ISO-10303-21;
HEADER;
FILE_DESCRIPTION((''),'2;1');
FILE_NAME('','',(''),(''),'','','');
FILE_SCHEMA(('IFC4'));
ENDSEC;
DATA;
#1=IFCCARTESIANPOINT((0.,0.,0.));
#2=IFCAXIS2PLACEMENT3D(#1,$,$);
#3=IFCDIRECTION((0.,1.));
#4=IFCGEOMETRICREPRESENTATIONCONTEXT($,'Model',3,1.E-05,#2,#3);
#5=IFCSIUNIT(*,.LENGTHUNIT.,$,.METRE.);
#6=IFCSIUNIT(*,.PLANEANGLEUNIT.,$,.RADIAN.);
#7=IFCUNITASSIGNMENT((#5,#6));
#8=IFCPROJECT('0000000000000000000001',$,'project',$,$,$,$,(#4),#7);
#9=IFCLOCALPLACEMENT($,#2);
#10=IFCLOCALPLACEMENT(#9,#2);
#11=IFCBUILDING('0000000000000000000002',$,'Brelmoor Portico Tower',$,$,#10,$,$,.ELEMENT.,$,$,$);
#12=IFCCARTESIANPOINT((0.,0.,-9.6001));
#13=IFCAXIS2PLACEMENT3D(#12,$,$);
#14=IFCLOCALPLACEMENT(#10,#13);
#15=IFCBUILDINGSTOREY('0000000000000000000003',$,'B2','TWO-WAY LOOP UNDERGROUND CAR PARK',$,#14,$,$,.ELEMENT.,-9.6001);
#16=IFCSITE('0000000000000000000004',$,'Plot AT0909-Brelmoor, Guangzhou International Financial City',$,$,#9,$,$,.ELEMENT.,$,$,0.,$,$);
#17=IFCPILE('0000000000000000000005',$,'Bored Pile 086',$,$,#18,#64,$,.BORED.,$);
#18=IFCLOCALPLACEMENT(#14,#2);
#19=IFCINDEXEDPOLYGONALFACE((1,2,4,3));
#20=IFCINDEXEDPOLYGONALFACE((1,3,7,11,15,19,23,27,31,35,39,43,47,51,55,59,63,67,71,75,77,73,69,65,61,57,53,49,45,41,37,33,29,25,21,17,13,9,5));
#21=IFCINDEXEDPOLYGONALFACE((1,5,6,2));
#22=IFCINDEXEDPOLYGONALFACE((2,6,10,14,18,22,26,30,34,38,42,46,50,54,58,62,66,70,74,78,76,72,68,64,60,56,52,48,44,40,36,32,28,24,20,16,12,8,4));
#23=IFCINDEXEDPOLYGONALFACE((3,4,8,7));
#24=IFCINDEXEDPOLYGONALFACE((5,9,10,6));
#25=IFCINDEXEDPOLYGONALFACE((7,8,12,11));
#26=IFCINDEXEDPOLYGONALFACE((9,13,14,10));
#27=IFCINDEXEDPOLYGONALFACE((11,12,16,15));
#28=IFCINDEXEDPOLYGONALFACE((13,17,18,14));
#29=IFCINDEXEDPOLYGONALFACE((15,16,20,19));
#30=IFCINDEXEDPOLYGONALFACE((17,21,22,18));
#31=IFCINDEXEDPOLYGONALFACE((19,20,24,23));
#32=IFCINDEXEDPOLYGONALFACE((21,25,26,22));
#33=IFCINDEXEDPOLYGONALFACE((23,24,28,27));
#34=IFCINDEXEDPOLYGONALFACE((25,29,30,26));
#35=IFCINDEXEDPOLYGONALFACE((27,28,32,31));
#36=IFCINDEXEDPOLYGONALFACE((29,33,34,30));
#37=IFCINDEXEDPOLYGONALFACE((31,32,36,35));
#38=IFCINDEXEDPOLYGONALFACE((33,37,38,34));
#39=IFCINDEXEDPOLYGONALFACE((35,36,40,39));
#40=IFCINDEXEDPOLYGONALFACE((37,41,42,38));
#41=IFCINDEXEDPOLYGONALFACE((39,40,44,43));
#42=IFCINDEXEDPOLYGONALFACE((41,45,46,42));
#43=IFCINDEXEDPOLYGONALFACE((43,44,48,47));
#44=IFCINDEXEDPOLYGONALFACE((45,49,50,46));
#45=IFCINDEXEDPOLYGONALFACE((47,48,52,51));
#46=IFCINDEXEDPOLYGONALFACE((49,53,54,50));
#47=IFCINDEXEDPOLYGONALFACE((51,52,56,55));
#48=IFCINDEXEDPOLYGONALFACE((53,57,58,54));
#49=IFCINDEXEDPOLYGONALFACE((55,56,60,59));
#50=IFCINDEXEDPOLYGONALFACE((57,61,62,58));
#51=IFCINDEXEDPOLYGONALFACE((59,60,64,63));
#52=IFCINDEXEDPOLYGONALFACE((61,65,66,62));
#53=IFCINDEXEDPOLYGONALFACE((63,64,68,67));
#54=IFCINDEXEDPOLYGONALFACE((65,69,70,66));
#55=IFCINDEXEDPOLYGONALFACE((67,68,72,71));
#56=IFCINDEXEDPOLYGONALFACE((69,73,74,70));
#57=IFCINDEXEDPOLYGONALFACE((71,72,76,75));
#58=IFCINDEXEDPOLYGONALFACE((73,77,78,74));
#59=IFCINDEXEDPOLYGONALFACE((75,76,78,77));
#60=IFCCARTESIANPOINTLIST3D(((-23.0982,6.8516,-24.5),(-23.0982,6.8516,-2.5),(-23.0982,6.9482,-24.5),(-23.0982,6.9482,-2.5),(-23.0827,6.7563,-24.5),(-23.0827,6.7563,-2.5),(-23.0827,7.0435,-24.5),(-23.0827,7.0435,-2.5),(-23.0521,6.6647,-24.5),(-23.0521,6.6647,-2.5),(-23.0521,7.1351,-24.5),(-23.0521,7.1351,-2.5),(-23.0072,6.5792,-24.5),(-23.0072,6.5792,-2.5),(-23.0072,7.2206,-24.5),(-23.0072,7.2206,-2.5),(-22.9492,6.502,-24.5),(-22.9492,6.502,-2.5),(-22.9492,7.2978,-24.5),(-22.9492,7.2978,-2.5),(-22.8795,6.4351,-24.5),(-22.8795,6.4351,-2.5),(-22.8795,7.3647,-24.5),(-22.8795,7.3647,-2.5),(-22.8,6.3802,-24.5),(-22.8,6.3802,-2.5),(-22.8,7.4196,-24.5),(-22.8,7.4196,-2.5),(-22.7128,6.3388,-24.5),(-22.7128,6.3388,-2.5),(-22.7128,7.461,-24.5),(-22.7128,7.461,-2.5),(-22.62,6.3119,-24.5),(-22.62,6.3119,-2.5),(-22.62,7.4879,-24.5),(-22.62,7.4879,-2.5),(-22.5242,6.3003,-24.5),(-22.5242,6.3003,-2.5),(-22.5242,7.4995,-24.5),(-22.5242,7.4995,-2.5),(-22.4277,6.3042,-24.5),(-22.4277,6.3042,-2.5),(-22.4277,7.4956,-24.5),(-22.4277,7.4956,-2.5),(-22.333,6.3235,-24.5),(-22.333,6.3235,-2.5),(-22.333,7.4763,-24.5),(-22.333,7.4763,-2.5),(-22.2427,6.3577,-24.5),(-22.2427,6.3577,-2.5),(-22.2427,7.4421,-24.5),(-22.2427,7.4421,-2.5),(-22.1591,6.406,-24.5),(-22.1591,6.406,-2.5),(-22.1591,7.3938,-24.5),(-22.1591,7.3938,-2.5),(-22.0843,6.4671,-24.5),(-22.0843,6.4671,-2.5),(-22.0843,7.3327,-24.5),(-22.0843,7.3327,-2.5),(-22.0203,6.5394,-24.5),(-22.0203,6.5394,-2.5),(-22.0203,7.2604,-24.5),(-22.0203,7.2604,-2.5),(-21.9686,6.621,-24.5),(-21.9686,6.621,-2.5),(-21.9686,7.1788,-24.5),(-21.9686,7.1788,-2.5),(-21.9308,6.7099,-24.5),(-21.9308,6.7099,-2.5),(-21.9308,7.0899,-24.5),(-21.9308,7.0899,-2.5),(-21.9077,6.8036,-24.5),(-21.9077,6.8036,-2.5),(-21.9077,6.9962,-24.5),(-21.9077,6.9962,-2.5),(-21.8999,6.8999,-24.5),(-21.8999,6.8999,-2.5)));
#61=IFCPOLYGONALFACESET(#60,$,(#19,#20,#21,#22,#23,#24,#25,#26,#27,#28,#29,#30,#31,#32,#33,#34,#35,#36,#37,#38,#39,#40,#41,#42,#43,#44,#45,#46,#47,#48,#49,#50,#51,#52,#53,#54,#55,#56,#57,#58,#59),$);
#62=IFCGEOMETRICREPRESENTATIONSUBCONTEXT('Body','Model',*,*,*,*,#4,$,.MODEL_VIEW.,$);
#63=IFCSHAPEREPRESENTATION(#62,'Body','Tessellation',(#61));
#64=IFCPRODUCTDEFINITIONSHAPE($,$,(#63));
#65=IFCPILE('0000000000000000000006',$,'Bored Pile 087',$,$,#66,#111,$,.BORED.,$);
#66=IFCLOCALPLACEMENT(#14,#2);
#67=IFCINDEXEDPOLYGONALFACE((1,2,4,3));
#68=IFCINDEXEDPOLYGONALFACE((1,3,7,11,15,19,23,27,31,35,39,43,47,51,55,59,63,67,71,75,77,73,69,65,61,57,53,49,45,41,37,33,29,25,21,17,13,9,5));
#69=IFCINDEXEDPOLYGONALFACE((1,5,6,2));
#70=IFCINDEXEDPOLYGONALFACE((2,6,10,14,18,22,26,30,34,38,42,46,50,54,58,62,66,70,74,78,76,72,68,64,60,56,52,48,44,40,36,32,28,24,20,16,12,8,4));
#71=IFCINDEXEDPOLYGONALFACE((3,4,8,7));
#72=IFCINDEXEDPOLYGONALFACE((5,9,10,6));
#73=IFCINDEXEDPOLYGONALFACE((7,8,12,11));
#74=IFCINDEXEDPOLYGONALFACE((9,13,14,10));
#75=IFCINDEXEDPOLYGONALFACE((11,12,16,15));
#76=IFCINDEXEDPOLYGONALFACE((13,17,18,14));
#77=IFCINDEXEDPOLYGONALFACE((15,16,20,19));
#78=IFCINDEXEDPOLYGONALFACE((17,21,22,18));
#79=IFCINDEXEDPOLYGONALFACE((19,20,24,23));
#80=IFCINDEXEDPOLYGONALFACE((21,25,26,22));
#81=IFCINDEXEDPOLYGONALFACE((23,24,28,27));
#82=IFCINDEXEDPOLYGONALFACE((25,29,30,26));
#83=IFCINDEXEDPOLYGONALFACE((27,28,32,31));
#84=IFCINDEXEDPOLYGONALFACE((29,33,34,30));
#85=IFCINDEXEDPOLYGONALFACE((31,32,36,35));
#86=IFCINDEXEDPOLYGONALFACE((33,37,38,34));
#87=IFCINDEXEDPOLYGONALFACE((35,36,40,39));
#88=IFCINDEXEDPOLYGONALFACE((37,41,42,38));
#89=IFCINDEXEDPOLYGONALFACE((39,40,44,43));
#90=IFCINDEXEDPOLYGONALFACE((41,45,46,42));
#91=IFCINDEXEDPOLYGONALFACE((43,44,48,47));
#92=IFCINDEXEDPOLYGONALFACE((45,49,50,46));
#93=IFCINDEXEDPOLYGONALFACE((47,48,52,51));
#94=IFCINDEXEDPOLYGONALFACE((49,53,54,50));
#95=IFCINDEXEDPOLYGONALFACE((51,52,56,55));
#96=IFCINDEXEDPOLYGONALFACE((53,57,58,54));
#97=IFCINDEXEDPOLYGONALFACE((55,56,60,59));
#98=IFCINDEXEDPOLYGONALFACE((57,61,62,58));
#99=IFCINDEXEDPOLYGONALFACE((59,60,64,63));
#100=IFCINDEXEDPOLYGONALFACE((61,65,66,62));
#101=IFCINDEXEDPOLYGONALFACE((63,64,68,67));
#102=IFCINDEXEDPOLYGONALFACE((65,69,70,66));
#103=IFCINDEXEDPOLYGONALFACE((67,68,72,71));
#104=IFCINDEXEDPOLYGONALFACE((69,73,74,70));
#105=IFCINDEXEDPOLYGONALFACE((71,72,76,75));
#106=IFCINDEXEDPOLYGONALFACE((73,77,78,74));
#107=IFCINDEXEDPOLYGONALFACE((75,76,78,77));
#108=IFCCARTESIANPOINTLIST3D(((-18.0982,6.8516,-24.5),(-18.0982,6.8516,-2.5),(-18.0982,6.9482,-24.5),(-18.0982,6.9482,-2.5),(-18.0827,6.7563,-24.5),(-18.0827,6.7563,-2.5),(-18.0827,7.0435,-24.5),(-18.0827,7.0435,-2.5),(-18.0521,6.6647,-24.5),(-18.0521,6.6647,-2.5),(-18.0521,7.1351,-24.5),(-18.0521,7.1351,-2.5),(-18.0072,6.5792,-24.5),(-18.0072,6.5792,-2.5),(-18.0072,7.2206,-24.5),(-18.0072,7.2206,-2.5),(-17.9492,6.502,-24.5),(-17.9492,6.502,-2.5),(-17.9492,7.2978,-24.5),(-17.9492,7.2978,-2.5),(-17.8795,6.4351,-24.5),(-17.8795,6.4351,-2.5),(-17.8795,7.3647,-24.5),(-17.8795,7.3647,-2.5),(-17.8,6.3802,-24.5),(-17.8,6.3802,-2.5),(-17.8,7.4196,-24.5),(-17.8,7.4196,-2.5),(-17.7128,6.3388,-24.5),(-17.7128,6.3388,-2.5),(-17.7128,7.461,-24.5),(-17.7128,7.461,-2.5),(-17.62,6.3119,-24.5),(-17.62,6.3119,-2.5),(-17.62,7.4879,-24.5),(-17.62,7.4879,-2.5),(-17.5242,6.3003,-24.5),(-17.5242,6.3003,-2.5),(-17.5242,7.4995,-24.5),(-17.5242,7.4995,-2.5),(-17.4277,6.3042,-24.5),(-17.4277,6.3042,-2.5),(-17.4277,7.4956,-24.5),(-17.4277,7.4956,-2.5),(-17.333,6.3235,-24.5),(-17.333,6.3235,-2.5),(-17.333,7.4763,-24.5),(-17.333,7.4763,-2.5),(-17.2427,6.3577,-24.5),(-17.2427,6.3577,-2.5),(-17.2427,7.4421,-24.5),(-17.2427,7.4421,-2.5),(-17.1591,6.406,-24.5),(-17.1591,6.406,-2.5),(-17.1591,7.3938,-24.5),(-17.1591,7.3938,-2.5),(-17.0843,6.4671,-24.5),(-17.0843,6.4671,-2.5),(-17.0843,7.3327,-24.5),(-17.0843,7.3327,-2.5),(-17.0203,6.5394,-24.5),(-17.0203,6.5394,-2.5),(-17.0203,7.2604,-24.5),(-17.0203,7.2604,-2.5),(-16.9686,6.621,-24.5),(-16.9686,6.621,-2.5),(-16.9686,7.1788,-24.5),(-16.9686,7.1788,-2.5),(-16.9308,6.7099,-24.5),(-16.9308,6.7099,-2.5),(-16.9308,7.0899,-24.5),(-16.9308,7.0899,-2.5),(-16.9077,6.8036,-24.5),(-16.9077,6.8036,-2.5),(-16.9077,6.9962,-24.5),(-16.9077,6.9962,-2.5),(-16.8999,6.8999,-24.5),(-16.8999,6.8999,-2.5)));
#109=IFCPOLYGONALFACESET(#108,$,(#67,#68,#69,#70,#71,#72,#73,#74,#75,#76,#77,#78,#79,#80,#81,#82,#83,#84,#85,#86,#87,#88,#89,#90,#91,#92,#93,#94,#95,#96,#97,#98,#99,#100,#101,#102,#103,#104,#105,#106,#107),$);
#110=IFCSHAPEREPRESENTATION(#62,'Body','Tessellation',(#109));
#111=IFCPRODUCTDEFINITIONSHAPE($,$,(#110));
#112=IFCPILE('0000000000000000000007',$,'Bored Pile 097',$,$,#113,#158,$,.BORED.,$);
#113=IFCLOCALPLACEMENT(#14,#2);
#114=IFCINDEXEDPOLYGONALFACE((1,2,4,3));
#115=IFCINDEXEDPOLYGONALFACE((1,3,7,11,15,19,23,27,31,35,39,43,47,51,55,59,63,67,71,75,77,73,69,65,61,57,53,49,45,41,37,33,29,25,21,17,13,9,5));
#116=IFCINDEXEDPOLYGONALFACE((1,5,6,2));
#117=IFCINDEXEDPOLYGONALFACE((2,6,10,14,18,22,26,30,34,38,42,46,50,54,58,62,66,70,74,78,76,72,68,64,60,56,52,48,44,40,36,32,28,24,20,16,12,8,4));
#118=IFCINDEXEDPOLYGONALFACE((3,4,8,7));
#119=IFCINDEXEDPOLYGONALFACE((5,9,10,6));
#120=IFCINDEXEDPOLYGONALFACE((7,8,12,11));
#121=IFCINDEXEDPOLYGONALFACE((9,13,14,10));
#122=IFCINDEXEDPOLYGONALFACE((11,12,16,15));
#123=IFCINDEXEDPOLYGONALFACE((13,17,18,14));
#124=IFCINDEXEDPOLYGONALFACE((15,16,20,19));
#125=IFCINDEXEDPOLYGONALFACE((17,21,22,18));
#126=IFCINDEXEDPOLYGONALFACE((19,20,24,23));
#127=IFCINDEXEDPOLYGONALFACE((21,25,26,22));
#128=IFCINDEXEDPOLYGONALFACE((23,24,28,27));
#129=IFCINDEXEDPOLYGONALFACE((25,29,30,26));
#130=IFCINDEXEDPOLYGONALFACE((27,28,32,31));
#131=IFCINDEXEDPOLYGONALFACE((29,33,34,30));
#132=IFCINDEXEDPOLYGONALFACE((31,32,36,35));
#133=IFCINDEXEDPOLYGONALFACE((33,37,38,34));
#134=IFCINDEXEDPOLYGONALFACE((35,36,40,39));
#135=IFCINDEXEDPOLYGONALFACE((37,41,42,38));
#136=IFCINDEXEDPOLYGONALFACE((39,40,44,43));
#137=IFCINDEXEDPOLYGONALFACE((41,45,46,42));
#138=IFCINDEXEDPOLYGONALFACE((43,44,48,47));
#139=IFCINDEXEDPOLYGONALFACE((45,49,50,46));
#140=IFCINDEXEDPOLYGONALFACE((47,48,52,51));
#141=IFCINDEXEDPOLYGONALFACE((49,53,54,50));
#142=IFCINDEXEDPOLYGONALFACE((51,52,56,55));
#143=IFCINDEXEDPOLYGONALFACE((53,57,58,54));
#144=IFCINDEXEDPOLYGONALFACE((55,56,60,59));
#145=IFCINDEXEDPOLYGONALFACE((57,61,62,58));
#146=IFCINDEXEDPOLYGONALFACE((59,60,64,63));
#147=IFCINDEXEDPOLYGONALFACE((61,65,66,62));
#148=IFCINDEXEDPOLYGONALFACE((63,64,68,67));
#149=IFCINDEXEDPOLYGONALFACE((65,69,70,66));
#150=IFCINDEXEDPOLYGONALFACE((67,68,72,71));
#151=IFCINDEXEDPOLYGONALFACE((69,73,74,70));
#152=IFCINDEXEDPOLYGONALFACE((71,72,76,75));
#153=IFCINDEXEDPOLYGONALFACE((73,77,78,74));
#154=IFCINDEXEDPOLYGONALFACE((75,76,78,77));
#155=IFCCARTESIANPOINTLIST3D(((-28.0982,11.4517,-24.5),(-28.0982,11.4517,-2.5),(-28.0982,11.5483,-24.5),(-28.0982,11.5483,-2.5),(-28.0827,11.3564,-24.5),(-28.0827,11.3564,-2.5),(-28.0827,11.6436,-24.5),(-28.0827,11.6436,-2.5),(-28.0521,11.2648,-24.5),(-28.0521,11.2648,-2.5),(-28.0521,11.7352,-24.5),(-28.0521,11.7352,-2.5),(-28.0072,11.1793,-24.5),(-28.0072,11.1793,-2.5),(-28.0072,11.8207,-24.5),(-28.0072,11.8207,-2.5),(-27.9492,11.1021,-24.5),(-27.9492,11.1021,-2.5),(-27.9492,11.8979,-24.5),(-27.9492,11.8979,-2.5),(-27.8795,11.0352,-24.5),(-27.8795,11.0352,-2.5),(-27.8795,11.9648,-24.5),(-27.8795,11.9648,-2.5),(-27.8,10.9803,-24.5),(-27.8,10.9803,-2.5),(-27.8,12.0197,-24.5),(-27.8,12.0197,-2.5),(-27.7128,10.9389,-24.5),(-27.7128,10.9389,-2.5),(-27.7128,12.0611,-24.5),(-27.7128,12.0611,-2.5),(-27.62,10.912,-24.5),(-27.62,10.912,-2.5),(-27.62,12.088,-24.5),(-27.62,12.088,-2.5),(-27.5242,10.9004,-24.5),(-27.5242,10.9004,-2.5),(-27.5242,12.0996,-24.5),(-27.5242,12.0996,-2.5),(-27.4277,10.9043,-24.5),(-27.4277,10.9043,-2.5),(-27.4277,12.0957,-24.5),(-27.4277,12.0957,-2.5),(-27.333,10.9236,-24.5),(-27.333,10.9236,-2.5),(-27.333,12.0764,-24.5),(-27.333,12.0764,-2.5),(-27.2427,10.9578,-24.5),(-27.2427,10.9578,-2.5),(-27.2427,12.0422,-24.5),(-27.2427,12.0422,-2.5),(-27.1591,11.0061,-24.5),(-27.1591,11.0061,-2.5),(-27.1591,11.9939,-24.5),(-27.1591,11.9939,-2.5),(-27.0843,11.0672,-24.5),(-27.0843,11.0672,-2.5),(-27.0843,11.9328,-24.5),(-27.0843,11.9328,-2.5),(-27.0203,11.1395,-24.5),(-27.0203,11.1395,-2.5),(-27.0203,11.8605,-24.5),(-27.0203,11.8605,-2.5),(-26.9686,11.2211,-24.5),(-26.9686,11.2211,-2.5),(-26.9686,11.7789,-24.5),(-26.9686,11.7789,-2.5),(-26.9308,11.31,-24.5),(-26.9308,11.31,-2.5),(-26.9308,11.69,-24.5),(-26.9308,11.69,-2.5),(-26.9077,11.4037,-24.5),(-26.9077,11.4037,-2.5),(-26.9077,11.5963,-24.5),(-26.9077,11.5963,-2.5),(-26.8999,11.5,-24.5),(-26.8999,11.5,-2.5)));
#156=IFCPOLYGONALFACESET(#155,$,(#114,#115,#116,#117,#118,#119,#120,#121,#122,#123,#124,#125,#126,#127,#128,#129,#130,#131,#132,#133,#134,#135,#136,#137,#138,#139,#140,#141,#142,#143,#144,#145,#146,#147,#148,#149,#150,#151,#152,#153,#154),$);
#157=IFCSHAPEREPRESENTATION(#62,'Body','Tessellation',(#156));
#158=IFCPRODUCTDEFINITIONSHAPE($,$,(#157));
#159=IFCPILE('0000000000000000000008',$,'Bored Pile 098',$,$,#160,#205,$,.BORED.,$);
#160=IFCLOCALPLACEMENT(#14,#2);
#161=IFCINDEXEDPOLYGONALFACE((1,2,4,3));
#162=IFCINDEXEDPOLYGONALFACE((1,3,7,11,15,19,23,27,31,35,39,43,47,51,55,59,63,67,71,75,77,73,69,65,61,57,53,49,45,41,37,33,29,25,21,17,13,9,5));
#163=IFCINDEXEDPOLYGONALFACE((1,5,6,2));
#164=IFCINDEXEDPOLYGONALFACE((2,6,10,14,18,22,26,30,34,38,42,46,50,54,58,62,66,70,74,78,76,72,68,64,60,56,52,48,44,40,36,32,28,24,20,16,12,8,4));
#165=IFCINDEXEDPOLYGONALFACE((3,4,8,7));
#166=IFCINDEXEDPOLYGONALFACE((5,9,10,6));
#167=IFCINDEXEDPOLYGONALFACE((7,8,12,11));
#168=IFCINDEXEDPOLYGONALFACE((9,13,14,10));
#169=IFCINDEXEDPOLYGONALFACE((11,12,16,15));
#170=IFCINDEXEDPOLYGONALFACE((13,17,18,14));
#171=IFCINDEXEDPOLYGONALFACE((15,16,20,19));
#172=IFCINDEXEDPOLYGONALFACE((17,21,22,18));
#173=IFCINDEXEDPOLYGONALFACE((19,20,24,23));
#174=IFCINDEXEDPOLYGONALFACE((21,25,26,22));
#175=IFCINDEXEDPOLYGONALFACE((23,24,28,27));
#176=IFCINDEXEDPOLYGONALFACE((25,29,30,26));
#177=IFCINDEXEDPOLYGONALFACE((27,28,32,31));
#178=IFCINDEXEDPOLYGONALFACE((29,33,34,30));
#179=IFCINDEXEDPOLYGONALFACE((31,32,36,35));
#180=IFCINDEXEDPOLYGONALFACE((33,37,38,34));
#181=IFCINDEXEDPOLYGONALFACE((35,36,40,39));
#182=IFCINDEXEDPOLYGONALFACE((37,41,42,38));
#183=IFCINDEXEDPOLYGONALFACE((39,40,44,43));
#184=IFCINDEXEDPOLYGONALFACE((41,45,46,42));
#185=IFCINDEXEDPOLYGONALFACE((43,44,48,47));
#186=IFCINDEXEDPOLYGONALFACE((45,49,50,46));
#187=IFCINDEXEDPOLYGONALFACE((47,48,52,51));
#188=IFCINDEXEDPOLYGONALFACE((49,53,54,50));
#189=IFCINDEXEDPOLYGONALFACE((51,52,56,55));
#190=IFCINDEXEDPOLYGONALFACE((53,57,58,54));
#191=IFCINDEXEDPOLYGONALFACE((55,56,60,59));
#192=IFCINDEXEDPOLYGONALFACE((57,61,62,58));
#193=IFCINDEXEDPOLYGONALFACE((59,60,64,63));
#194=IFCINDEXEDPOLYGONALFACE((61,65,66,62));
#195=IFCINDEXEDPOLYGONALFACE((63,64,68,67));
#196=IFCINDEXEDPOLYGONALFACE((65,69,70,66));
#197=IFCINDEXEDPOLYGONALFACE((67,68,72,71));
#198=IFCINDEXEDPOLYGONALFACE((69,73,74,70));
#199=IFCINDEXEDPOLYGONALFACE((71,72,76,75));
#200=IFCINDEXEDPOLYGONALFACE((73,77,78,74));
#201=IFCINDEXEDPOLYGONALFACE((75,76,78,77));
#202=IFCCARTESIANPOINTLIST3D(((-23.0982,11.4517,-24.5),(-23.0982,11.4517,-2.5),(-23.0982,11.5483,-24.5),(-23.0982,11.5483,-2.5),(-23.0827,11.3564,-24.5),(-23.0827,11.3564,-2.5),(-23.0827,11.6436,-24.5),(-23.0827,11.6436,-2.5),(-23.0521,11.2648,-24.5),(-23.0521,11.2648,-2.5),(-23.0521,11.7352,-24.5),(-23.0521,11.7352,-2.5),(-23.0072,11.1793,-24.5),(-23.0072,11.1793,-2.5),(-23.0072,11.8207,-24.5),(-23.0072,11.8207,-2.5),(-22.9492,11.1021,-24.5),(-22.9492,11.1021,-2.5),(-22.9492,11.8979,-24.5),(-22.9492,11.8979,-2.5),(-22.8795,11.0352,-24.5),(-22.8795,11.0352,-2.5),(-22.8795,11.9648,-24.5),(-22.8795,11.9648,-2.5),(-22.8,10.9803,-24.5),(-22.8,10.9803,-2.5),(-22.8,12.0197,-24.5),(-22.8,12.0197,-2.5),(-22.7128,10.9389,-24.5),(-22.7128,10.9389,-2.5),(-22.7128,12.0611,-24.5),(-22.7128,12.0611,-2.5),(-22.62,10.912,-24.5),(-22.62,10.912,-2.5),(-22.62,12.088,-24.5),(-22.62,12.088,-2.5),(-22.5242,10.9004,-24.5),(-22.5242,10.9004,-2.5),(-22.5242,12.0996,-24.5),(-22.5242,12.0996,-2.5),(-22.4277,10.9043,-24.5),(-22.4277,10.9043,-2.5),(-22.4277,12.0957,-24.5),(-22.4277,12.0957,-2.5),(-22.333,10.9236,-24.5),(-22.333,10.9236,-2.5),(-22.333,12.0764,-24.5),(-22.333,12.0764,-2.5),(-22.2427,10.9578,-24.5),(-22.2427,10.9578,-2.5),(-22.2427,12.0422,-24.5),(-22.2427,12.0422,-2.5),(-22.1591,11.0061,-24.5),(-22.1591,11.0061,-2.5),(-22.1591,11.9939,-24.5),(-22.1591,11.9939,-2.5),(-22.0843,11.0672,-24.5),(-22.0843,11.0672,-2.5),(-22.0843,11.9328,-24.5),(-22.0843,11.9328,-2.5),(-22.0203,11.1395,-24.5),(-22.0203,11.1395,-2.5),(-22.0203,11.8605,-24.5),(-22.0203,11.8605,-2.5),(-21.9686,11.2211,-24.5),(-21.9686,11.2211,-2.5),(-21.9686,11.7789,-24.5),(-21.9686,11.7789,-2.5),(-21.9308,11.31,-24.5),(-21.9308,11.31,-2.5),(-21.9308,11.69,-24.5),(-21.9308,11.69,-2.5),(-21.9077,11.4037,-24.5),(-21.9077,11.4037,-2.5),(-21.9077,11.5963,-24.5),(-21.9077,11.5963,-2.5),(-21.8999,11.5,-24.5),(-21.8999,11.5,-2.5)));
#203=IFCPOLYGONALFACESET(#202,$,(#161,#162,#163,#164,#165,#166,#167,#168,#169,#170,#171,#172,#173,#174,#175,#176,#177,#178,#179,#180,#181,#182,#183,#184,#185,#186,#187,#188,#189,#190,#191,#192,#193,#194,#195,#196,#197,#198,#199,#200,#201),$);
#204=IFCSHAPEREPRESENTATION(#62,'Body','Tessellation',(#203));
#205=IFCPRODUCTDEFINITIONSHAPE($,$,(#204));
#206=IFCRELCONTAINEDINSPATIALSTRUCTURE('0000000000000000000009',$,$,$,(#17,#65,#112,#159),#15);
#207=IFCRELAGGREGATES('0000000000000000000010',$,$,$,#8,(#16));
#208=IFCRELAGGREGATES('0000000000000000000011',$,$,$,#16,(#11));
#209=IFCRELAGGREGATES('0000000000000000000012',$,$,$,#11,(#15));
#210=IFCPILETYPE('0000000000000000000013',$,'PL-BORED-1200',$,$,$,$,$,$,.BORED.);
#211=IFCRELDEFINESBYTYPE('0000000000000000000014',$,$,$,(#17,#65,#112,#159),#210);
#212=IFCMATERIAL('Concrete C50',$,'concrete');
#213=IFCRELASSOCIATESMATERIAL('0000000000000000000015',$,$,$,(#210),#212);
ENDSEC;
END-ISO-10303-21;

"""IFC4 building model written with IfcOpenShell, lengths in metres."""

from ifc_helpers import new_model, si_unit, direction, frame, origin, origin_2d, place, context, subcontext, project, spatial, circle, extrude, material, material_profile, profile_set, type_object, element, save


model = new_model("IFC4")

# Units and contexts
model_context = context("Model", 3, precision=1e-05, world=origin(), true_north=direction((0.0, 1.0)))
body_context = subcontext(model_context, "Body", "Model", "MODEL_VIEW")
ifc_project = project(units=[si_unit("LENGTHUNIT", "METRE"), si_unit("PLANEANGLEUNIT", "RADIAN")], contexts=[model_context])

# Site, building, storey
site_placement = place(None, origin())
site = spatial("IfcSite", under=ifc_project, at=site_placement, Name="Plot AT0909-Brelmoor, Guangzhou International Financial City", CompositionType="ELEMENT", RefElevation=0.0)
building_placement = place(site_placement, origin())
building = spatial("IfcBuilding", under=site, at=building_placement, Name="Brelmoor Portico Tower", CompositionType="ELEMENT")
storey_placement = place(building_placement, frame((0.0, 0.0, -9.6001)))
storey = spatial("IfcBuildingStorey", under=building, at=storey_placement, Name="B2", Description="TWO-WAY LOOP UNDERGROUND CAR PARK", CompositionType="ELEMENT", Elevation=-9.6001)

# Piles
ifc_material_1 = material(Name="Concrete C50", Category="concrete")
ifc_material_profile_1 = material_profile(ifc_material_1, circle(Radius=0.6001, at=origin_2d()), Name="BORED PILE D1200")
ifc_profile_set_1 = profile_set([ifc_material_profile_1], Name="Concrete C50")
pile_type_1 = type_object("IfcPileType", Name="PL-BORED-1200", PredefinedType="BORED", material=ifc_profile_set_1)
for number, where, z_axis, x_axis, name in (
    (1, (-22.5, 6.8999, -2.5), (0.0, 0.0, -1.0), (1.0, 0.0, 0.0), "Bored Pile 086"),
    (2, (-17.5, 6.8999, -2.5), (0.0, 0.0, -1.0), (1.0, 0.0, 0.0), "Bored Pile 087"),
    (3, (-27.5, 11.5, -2.5), (0.0, 0.0, -1.0), (1.0, 0.0, 0.0), "Bored Pile 097"),
    (4, (-22.5, 11.5, -2.5), (0.0, 0.0, -1.0), (1.0, 0.0, 0.0), "Bored Pile 098"),
):
    element("IfcPile", number, at=place(storey_placement, frame(where, z_axis=z_axis, x_axis=x_axis)), inside=storey, type_object=pile_type_1, Name=name, PredefinedType="BORED", context=body_context, shape_type="SweptSolid", body=[
        extrude(circle(Radius=0.6001, at=origin_2d()), origin(), (0.0, 0.0, 1.0), 22.0),
    ])

save(model, "model.ifc")
